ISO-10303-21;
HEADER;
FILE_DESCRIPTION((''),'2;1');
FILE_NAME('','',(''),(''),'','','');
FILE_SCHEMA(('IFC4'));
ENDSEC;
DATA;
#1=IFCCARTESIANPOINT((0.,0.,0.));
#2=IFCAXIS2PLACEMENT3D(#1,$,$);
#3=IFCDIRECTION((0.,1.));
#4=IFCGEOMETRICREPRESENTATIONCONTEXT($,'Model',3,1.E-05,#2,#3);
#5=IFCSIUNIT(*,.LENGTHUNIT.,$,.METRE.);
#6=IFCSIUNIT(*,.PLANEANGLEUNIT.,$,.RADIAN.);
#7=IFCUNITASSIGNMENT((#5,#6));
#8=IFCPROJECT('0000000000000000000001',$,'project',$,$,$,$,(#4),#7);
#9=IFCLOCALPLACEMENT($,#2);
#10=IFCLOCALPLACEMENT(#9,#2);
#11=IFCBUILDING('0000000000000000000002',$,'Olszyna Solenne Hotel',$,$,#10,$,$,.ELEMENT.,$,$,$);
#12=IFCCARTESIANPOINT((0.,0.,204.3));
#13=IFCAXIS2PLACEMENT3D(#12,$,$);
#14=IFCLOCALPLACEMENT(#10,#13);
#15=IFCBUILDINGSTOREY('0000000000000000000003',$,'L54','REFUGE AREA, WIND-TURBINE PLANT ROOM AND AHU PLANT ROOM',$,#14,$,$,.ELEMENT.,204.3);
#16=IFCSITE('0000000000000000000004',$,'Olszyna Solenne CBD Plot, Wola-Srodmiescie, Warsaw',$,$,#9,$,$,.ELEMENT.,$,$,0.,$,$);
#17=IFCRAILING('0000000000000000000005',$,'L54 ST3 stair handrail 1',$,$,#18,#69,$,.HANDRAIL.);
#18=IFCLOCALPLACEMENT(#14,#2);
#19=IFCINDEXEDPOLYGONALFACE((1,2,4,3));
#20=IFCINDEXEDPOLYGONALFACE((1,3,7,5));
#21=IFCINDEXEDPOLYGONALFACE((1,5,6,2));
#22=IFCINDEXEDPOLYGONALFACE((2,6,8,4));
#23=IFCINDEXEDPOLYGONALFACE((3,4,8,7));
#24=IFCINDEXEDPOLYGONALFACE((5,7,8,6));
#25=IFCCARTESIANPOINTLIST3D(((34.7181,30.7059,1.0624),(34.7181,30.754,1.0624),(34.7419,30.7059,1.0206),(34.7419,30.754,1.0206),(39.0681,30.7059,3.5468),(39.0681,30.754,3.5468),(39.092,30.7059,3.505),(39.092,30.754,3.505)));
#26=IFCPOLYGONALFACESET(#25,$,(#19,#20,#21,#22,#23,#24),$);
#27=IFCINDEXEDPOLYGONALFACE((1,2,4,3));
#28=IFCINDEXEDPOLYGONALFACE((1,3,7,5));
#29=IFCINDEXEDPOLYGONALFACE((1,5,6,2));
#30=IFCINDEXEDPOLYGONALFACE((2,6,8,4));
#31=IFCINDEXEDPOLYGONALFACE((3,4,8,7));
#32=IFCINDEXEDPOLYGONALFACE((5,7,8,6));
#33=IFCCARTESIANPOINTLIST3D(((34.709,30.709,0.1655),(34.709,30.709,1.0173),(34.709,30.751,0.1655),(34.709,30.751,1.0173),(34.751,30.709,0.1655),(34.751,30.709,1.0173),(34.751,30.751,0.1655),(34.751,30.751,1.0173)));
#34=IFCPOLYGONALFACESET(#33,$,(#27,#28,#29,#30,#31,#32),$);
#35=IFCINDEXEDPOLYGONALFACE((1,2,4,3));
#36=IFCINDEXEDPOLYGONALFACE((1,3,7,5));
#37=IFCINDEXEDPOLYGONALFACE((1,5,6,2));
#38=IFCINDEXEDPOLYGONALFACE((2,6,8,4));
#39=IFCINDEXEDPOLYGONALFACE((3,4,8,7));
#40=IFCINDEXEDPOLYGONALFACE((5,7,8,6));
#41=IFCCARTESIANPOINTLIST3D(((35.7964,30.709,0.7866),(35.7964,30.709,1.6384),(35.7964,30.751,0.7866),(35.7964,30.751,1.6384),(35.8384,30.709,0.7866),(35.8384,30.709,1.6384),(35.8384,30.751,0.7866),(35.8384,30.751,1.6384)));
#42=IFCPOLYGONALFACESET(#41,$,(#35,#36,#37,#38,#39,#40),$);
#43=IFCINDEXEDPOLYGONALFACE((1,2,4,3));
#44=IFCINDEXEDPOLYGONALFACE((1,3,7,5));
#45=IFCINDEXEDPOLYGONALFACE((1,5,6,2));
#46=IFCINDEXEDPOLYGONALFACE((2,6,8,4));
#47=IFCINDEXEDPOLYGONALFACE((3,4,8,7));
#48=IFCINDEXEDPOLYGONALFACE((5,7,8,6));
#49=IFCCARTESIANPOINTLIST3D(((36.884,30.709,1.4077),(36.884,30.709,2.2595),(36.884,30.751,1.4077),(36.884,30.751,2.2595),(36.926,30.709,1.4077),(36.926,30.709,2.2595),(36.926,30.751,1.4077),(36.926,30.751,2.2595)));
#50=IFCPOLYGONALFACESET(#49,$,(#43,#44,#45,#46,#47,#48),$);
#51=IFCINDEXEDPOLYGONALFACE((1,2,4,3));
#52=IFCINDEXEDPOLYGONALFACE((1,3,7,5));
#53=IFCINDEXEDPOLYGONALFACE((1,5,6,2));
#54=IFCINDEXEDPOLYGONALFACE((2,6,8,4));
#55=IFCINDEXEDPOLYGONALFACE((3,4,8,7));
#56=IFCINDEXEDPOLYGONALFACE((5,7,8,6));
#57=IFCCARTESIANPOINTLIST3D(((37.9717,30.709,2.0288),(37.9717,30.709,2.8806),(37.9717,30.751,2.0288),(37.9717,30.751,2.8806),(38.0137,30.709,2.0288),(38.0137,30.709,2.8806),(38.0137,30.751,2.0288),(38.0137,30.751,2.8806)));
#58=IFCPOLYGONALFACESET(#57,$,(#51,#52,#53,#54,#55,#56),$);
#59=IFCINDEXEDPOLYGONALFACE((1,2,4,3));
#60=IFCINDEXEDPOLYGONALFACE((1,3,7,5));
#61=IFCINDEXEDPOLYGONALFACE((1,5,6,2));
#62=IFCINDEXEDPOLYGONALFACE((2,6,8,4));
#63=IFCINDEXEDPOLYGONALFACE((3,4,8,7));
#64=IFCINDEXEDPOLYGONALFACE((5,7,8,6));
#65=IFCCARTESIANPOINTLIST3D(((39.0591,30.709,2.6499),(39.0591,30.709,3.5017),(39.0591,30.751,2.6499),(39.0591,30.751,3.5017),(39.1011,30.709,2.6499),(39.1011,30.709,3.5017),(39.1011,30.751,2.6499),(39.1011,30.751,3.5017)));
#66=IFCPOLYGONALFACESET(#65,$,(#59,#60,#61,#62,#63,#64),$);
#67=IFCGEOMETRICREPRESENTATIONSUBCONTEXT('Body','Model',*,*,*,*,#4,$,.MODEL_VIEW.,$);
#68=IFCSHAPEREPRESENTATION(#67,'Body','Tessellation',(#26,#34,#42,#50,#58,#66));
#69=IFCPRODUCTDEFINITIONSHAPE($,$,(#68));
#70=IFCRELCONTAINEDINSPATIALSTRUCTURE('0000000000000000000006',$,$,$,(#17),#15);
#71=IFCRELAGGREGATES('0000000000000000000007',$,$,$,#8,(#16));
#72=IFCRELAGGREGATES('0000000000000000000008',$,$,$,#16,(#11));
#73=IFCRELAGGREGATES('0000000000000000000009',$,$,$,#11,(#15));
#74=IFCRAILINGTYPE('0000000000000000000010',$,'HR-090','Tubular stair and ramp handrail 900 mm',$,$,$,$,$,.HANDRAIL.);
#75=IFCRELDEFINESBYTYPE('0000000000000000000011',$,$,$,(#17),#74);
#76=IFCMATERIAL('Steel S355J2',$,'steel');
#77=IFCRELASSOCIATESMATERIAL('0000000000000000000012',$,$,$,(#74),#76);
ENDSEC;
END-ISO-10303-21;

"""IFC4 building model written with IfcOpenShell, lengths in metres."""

from ifc_helpers import new_model, si_unit, direction, frame, origin, origin_2d, place, context, subcontext, project, spatial, rectangle, extrude, material, type_object, element, save


model = new_model("IFC4")

# Units and contexts
model_context = context("Model", 3, precision=1e-05, world=origin(), true_north=direction((0.0, 1.0)))
body_context = subcontext(model_context, "Body", "Model", "MODEL_VIEW")
ifc_project = project(units=[si_unit("LENGTHUNIT", "METRE"), si_unit("PLANEANGLEUNIT", "RADIAN")], contexts=[model_context])

# Site, building, storey
site_placement = place(None, origin())
site = spatial("IfcSite", under=ifc_project, at=site_placement, Name="Olszyna Solenne CBD Plot, Wola-Srodmiescie, Warsaw", CompositionType="ELEMENT", RefElevation=0.0)
building_placement = place(site_placement, origin())
building = spatial("IfcBuilding", under=site, at=building_placement, Name="Olszyna Solenne Hotel", CompositionType="ELEMENT")
storey_placement = place(building_placement, frame((0.0, 0.0, 204.3)))
storey = spatial("IfcBuildingStorey", under=building, at=storey_placement, Name="L54", Description="REFUGE AREA, WIND-TURBINE PLANT ROOM AND AHU PLANT ROOM", CompositionType="ELEMENT", Elevation=204.3)

# Shared definitions
ifc_material_1 = material(Name="Steel S355J2", Category="steel")

# Railing
railing_type_1 = type_object("IfcRailingType", Name="HR-090", Description="Tubular stair and ramp handrail 900 mm", PredefinedType="HANDRAIL", material=ifc_material_1)
railing_1_placement = place(storey_placement, frame((34.73, 30.73, 0.1655)))
element("IfcRailing", 1, at=railing_1_placement, inside=storey, type_object=railing_type_1, Name="L54 ST3 stair handrail 1", PredefinedType="HANDRAIL", context=body_context, shape_type="SweptSolid", body=[
    extrude(rectangle(XDim=0.0481, YDim=0.0481, at=origin_2d()), frame((0.0, 0.0, 0.876), z_axis=(0.868363, 0.0, 0.495929), x_axis=(0.0, 1.0, 0.0)), (0.0, 0.0, 1.0), 5.0095),
    extrude(rectangle(XDim=0.042, YDim=0.042, at=origin_2d()), origin(), (0.0, 0.0, 1.0), 0.8518),
    extrude(rectangle(XDim=0.042, YDim=0.042, at=origin_2d()), frame((1.0874, 0.0, 0.6211)), (0.0, 0.0, 1.0), 0.8518),
    extrude(rectangle(XDim=0.042, YDim=0.042, at=origin_2d()), frame((2.175, 0.0, 1.2422)), (0.0, 0.0, 1.0), 0.8518),
    extrude(rectangle(XDim=0.042, YDim=0.042, at=origin_2d()), frame((3.2627, 0.0, 1.8633)), (0.0, 0.0, 1.0), 0.8518),
    extrude(rectangle(XDim=0.042, YDim=0.042, at=origin_2d()), frame((4.3501, 0.0, 2.4844)), (0.0, 0.0, 1.0), 0.8518),
])

save(model, "model.ifc")
